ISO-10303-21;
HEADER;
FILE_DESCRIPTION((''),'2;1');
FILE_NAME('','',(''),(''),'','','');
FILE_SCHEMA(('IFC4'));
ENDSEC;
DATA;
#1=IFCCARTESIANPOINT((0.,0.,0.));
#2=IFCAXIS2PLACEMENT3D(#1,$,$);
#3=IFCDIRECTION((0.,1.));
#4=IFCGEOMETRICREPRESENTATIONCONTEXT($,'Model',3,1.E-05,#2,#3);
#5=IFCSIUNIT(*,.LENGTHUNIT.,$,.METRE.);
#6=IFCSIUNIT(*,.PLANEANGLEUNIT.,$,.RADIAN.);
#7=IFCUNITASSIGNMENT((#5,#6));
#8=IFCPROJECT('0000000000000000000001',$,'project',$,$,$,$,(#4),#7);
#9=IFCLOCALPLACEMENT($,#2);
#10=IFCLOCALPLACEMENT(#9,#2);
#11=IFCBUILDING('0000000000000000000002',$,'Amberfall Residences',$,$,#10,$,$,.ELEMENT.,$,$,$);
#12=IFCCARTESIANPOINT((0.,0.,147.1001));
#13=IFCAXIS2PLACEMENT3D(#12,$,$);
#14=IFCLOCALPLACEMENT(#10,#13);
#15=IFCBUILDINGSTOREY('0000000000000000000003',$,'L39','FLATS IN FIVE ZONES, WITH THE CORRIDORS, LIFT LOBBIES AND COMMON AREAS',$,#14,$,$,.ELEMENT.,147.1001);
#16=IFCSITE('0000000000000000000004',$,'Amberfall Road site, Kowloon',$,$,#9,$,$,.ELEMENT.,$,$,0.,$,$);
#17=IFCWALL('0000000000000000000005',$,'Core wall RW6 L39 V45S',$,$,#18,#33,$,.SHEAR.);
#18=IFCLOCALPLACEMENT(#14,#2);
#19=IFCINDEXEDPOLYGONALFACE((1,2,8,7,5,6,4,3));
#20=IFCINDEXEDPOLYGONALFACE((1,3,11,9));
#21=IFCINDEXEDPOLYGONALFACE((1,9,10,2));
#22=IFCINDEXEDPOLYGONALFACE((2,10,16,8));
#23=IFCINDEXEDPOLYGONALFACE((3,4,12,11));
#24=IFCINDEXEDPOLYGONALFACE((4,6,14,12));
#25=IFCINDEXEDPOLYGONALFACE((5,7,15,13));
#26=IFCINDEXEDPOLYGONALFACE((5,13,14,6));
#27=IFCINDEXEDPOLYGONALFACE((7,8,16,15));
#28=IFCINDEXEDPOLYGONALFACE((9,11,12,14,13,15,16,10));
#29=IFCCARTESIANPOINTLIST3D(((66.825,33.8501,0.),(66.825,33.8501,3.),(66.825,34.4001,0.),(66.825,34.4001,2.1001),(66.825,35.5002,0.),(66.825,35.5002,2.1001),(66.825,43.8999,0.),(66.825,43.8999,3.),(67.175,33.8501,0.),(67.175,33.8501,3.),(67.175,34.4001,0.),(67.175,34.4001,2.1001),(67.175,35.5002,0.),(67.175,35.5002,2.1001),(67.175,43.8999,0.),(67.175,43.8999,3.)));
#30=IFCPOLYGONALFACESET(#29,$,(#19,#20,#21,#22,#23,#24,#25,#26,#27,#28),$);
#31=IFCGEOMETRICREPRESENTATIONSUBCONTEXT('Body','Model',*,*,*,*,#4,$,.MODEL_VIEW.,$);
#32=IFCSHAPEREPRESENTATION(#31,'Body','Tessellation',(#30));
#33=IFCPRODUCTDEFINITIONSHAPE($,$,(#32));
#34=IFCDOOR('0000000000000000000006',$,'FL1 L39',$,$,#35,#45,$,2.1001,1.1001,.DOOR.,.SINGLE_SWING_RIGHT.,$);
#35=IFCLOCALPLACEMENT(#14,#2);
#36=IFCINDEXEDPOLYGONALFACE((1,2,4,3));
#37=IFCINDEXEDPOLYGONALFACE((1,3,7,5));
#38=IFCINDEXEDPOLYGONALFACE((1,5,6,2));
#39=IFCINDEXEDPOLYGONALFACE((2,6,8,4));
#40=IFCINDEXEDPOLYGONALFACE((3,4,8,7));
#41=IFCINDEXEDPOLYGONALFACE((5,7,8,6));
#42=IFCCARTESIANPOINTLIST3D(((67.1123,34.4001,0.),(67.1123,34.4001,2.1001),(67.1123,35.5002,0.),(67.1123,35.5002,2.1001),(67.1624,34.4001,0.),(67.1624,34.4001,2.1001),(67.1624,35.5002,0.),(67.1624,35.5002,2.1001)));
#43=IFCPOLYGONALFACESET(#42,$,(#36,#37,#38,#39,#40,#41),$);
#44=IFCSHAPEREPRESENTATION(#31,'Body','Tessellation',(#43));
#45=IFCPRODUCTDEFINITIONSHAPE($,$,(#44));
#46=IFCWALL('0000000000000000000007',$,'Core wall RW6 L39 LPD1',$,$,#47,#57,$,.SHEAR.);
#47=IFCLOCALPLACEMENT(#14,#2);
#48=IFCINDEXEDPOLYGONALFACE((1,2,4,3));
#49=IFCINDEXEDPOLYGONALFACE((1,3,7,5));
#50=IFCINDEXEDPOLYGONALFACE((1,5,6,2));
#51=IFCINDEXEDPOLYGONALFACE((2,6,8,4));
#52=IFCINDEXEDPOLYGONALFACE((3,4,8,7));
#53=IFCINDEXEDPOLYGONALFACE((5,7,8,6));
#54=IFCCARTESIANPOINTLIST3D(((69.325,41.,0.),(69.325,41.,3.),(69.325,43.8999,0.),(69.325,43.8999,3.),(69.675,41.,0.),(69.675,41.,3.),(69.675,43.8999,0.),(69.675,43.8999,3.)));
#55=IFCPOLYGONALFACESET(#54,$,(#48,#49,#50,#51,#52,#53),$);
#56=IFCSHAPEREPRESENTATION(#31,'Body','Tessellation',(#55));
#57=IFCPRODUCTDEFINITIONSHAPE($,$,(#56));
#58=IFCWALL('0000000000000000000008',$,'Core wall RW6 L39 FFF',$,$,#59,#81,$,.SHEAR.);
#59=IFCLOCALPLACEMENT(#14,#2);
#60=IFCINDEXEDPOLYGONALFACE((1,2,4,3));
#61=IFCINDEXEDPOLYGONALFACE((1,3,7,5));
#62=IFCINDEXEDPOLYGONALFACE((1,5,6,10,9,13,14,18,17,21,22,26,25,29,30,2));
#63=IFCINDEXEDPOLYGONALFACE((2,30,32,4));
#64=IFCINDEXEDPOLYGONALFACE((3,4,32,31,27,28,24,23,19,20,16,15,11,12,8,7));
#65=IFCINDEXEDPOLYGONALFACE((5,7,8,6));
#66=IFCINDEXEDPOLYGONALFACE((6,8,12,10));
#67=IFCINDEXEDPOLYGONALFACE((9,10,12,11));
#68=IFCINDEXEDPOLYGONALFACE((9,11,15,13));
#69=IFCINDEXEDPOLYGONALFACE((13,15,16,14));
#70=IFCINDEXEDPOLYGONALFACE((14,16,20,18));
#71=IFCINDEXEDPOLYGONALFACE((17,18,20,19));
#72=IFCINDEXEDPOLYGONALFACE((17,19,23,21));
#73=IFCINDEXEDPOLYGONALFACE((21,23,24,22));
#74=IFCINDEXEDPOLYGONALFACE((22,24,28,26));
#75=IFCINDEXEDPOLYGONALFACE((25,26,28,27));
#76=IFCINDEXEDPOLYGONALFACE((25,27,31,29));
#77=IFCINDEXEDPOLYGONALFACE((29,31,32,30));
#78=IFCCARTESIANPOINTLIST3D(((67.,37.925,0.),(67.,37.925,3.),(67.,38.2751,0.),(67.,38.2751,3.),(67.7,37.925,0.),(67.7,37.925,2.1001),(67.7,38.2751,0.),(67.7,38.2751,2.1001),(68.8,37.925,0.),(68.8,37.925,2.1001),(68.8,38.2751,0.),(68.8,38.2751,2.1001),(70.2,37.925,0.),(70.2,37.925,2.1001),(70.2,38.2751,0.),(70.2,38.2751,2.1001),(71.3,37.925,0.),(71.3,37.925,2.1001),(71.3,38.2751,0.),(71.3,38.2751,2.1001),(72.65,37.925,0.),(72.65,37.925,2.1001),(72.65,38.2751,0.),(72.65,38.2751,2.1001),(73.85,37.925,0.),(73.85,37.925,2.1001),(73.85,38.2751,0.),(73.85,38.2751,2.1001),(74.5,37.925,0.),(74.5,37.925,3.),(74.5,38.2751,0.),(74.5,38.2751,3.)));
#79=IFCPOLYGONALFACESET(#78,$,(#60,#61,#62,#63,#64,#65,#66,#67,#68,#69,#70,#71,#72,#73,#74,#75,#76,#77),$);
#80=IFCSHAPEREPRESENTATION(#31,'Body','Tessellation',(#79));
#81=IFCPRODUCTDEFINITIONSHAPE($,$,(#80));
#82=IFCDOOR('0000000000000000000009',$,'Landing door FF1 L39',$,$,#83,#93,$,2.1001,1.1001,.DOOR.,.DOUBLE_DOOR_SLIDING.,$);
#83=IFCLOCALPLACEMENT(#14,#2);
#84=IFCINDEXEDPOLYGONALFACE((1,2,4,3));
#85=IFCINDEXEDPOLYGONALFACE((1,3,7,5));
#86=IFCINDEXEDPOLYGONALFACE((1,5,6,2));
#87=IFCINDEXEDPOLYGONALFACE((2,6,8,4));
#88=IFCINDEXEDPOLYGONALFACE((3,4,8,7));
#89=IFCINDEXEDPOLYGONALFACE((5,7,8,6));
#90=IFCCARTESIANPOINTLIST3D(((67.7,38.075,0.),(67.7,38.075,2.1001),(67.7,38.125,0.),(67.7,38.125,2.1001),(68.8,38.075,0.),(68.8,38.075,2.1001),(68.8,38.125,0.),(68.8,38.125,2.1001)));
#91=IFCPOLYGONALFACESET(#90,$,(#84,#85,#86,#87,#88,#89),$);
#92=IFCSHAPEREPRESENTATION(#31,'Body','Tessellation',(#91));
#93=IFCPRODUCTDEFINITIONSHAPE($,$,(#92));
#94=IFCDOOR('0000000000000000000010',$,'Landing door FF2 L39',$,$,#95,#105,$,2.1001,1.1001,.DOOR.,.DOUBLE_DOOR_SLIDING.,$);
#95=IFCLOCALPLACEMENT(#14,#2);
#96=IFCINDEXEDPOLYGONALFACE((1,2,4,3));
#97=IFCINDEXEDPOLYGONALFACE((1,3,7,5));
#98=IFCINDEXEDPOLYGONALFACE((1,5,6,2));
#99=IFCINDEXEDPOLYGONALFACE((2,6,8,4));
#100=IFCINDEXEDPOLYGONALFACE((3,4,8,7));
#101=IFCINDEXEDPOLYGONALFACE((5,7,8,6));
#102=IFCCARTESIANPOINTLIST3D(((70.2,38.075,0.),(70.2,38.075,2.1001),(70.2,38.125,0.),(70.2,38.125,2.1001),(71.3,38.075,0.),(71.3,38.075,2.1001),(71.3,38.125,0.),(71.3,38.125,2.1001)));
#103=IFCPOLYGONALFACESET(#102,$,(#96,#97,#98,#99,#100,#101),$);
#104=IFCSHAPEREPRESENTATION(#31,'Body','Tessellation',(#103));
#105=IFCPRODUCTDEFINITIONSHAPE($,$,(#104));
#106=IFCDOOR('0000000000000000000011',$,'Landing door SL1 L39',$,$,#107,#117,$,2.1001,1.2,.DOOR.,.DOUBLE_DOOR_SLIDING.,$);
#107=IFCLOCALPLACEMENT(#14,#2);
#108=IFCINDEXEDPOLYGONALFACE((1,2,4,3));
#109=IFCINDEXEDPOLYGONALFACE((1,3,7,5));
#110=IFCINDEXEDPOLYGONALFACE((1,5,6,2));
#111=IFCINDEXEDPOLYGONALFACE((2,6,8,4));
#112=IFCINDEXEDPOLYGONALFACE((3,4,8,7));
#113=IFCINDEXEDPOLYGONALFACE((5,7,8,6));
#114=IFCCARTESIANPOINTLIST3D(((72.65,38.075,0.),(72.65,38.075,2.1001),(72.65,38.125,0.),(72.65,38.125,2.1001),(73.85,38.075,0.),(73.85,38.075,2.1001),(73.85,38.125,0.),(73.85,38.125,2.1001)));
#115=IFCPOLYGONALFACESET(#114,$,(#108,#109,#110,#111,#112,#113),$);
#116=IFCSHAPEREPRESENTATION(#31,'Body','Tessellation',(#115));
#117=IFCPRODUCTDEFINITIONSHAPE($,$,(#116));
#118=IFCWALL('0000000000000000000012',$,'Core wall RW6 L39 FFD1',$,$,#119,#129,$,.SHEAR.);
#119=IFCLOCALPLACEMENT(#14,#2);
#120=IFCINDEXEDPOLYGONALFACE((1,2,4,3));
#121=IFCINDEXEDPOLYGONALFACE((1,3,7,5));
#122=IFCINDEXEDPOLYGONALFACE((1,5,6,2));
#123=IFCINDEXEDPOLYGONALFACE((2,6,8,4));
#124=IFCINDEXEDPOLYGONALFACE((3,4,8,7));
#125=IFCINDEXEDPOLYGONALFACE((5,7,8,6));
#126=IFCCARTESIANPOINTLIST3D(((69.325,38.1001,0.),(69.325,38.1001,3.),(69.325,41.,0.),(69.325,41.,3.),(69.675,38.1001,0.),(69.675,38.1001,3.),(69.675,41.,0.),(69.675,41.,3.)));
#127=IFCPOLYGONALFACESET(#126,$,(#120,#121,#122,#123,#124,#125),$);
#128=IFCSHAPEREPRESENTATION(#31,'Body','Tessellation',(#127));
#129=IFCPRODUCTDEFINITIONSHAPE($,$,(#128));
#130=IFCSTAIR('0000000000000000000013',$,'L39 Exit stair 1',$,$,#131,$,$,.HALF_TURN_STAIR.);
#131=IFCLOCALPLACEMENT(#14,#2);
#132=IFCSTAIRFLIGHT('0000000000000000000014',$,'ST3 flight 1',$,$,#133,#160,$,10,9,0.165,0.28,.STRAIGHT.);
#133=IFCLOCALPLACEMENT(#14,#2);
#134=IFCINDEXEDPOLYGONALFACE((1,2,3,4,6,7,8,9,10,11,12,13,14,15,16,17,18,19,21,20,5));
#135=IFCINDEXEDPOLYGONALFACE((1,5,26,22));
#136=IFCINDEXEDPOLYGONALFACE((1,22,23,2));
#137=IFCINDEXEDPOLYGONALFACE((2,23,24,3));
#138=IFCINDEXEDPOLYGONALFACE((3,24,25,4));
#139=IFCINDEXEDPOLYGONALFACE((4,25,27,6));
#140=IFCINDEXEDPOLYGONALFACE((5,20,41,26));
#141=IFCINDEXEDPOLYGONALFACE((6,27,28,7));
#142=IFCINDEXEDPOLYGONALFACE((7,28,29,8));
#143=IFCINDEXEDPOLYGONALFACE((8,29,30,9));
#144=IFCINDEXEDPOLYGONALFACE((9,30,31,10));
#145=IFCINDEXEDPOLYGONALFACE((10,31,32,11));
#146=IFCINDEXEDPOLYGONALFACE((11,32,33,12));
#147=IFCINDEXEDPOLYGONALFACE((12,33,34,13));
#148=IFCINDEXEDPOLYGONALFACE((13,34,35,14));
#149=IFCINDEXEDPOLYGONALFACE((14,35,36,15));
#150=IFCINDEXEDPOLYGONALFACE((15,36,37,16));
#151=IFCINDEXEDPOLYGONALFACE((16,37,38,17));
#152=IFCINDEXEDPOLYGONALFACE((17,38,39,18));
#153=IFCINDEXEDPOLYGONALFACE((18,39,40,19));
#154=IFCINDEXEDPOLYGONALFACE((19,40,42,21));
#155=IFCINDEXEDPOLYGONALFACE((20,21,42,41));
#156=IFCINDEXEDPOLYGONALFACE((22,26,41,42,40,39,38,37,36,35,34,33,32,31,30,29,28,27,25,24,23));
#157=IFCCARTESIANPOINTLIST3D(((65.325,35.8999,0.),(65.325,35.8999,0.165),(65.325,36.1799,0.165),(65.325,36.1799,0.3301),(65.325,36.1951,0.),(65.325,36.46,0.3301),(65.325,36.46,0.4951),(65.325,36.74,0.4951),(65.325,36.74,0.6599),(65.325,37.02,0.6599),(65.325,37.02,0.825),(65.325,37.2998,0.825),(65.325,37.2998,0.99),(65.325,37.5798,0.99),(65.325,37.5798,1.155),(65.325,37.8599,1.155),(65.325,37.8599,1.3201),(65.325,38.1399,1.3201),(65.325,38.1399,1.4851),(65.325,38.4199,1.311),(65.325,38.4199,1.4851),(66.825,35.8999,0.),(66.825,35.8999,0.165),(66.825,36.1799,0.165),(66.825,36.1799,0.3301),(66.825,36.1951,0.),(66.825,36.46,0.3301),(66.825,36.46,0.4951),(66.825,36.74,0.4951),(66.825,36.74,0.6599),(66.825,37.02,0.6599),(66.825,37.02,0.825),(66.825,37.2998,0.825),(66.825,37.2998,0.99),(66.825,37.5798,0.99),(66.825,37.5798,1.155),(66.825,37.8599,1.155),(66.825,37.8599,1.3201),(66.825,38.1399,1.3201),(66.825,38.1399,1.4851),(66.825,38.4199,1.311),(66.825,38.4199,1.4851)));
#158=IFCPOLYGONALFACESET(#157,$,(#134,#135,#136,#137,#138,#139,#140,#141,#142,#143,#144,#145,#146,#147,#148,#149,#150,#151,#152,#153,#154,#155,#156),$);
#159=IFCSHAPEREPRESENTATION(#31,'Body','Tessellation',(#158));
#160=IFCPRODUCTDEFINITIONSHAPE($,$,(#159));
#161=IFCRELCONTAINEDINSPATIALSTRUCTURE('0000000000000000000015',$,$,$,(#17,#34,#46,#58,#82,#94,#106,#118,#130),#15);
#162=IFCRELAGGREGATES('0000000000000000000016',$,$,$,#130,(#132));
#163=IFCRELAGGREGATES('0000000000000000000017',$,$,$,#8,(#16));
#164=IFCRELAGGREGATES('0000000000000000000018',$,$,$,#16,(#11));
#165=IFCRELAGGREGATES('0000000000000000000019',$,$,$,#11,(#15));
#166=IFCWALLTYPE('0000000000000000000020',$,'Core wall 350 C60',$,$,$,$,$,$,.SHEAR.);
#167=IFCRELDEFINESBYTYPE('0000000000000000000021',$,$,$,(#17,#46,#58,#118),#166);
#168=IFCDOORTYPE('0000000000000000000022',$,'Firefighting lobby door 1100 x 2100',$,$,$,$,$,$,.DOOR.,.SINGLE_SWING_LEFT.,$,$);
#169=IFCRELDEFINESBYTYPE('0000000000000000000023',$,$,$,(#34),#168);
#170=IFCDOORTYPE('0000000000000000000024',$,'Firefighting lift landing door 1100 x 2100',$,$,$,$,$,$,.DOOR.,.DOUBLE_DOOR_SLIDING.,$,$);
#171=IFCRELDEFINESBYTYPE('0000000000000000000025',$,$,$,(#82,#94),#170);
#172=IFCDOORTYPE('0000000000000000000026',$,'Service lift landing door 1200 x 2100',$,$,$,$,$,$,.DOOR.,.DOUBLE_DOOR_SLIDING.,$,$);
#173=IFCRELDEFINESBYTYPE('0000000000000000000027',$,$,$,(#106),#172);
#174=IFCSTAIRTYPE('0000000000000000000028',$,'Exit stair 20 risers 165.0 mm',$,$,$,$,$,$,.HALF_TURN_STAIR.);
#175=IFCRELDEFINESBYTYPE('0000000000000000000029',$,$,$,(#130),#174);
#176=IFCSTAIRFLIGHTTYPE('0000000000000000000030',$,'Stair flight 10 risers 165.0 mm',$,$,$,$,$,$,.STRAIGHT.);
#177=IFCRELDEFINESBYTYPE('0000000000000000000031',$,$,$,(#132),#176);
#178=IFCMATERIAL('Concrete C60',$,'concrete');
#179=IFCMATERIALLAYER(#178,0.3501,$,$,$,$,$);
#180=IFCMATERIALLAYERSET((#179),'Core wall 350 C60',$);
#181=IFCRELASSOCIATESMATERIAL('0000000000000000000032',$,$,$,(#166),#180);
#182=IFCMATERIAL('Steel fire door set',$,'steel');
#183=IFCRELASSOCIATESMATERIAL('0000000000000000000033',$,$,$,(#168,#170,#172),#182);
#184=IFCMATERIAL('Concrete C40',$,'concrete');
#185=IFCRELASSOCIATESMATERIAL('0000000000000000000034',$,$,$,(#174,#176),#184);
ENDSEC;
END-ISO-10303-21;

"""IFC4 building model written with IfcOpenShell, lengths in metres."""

from ifc_helpers import new_model, si_unit, direction, frame, frame_2d, origin, place, context, subcontext, project, spatial, polyline, rectangle, outline, extrude, material, layer, layer_set, type_object, element, fill, aggregate, save


model = new_model("IFC4")

# Units and contexts
model_context = context("Model", 3, precision=1e-05, world=origin(), true_north=direction((0.0, 1.0)))
body_context = subcontext(model_context, "Body", "Model", "MODEL_VIEW")
ifc_project = project(units=[si_unit("LENGTHUNIT", "METRE"), si_unit("PLANEANGLEUNIT", "RADIAN")], contexts=[model_context])

# Site, building, storey
site_placement = place(None, origin())
site = spatial("IfcSite", under=ifc_project, at=site_placement, Name="Amberfall Road site, Kowloon", CompositionType="ELEMENT", RefElevation=0.0)
building_placement = place(site_placement, origin())
building = spatial("IfcBuilding", under=site, at=building_placement, Name="Amberfall Residences", CompositionType="ELEMENT")
storey_placement = place(building_placement, frame((0.0, 0.0, 147.1001)))
storey = spatial("IfcBuildingStorey", under=building, at=storey_placement, Name="L39", Description="FLATS IN FIVE ZONES, WITH THE CORRIDORS, LIFT LOBBIES AND COMMON AREAS", CompositionType="ELEMENT", Elevation=147.1001)

# Shared definitions
ifc_material_1 = material(Name="Concrete C60", Category="concrete")
ifc_layer = layer(ifc_material_1, 0.3501)
ifc_layer_set = layer_set([ifc_layer], Name="Core wall 350 C60")
wall_type = type_object("IfcWallType", Name="Core wall 350 C60", PredefinedType="SHEAR", material=ifc_layer_set)

# Shared definitions
ifc_material_2 = material(Name="Steel fire door set", Category="steel")

# Wall, opening, door
wall_1_placement = place(storey_placement, frame((67.0, 33.8501, 0.0), z_axis=(0.0, 0.0, 1.0), x_axis=(0.0, 1.0, 0.0)))
wall_1 = element("IfcWall", 1, at=wall_1_placement, inside=storey, type_object=wall_type, Name="Core wall RW6 L39 V45S", PredefinedType="SHEAR", context=body_context, shape_type="SweptSolid", body=[
    extrude(rectangle(XDim=10.0498, YDim=0.3501, at=frame_2d((5.0249, 0.0))), origin(), (0.0, 0.0, 1.0), 3.0),
])
opening_1_placement = place(wall_1_placement, frame((0.55, 0.0, 0.0)))
opening_1 = element("IfcOpeningElement", 2, at=opening_1_placement, cuts=wall_1, PredefinedType="OPENING", context=body_context, shape_type="SweptSolid", body=[
    extrude(rectangle(XDim=1.1001, YDim=2.1001, at=frame_2d((0.55, 1.05))), frame((0.0, 0.1851, 0.0), z_axis=(0.0, -1.0, 0.0), x_axis=(1.0, 0.0, 0.0)), (0.0, 0.0, 1.0), 0.3701),
])
door_type_1 = type_object("IfcDoorType", Name="Firefighting lobby door 1100 x 2100", OperationType="SINGLE_SWING_LEFT", PredefinedType="DOOR", material=ifc_material_2)
door_1_placement = place(opening_1_placement, origin())
door_1 = element("IfcDoor", 3, at=door_1_placement, inside=storey, type_object=door_type_1, Name="FL1 L39", OperationType="SINGLE_SWING_RIGHT", OverallHeight=2.1001, OverallWidth=1.1001, PredefinedType="DOOR", context=body_context, shape_type="SweptSolid", body=[
    extrude(rectangle(XDim=1.1001, YDim=2.1001, at=frame_2d((0.55, 1.05))), frame((0.0, -0.1123, 0.0), z_axis=(0.0, -1.0, 0.0), x_axis=(1.0, 0.0, 0.0)), (0.0, 0.0, 1.0), 0.05),
])
fill(opening_1, door_1)

# Wall
wall_2_placement = place(storey_placement, frame((69.5, 41.0, 0.0), z_axis=(0.0, 0.0, 1.0), x_axis=(0.0, 1.0, 0.0)))
element("IfcWall", 4, at=wall_2_placement, inside=storey, type_object=wall_type, Name="Core wall RW6 L39 LPD1", PredefinedType="SHEAR", context=body_context, shape_type="SweptSolid", body=[
    extrude(rectangle(XDim=2.8999, YDim=0.3501, at=frame_2d((1.45, 0.0))), origin(), (0.0, 0.0, 1.0), 3.0),
])

# Wall, openings, doors
wall_3_placement = place(storey_placement, frame((67.0, 38.1001, 0.0), z_axis=(0.0, 0.0, 1.0), x_axis=(1.0, 0.0, 0.0)))
wall_3 = element("IfcWall", 5, at=wall_3_placement, inside=storey, type_object=wall_type, Name="Core wall RW6 L39 FFF", PredefinedType="SHEAR", context=body_context, shape_type="SweptSolid", body=[
    extrude(rectangle(XDim=7.5, YDim=0.3501, at=frame_2d((3.75, 0.0))), origin(), (0.0, 0.0, 1.0), 3.0),
])
opening_2_placement = place(wall_3_placement, frame((0.7, 0.0, 0.0)))
opening_2 = element("IfcOpeningElement", 6, at=opening_2_placement, cuts=wall_3, PredefinedType="OPENING", context=body_context, shape_type="SweptSolid", body=[
    extrude(rectangle(XDim=1.1001, YDim=2.1001, at=frame_2d((0.55, 1.05))), frame((0.0, 0.1851, 0.0), z_axis=(0.0, -1.0, 0.0), x_axis=(1.0, 0.0, 0.0)), (0.0, 0.0, 1.0), 0.3701),
])
opening_3_placement = place(wall_3_placement, frame((3.2, 0.0, 0.0)))
opening_3 = element("IfcOpeningElement", 7, at=opening_3_placement, cuts=wall_3, PredefinedType="OPENING", context=body_context, shape_type="SweptSolid", body=[
    extrude(rectangle(XDim=1.1001, YDim=2.1001, at=frame_2d((0.55, 1.05))), frame((0.0, 0.1851, 0.0), z_axis=(0.0, -1.0, 0.0), x_axis=(1.0, 0.0, 0.0)), (0.0, 0.0, 1.0), 0.3701),
])
opening_4_placement = place(wall_3_placement, frame((5.6499, 0.0, 0.0)))
opening_4 = element("IfcOpeningElement", 8, at=opening_4_placement, cuts=wall_3, PredefinedType="OPENING", context=body_context, shape_type="SweptSolid", body=[
    extrude(rectangle(XDim=1.2, YDim=2.1001, at=frame_2d((0.6001, 1.05))), frame((0.0, 0.1851, 0.0), z_axis=(0.0, -1.0, 0.0), x_axis=(1.0, 0.0, 0.0)), (0.0, 0.0, 1.0), 0.3701),
])
door_type_2 = type_object("IfcDoorType", Name="Firefighting lift landing door 1100 x 2100", OperationType="DOUBLE_DOOR_SLIDING", PredefinedType="DOOR", material=ifc_material_2)
door_2_placement = place(opening_2_placement, origin())
door_2 = element("IfcDoor", 9, at=door_2_placement, inside=storey, type_object=door_type_2, Name="Landing door FF1 L39", OperationType="DOUBLE_DOOR_SLIDING", OverallHeight=2.1001, OverallWidth=1.1001, PredefinedType="DOOR", context=body_context, shape_type="SweptSolid", body=[
    extrude(rectangle(XDim=1.1001, YDim=2.1001, at=frame_2d((0.55, 1.05))), frame((0.0, 0.0249, 0.0), z_axis=(0.0, -1.0, 0.0), x_axis=(1.0, 0.0, 0.0)), (0.0, 0.0, 1.0), 0.05),
])
fill(opening_2, door_2)
door_3_placement = place(opening_3_placement, origin())
door_3 = element("IfcDoor", 10, at=door_3_placement, inside=storey, type_object=door_type_2, Name="Landing door FF2 L39", OperationType="DOUBLE_DOOR_SLIDING", OverallHeight=2.1001, OverallWidth=1.1001, PredefinedType="DOOR", context=body_context, shape_type="SweptSolid", body=[
    extrude(rectangle(XDim=1.1001, YDim=2.1001, at=frame_2d((0.55, 1.05))), frame((0.0, 0.0249, 0.0), z_axis=(0.0, -1.0, 0.0), x_axis=(1.0, 0.0, 0.0)), (0.0, 0.0, 1.0), 0.05),
])
fill(opening_3, door_3)
door_type_3 = type_object("IfcDoorType", Name="Service lift landing door 1200 x 2100", OperationType="DOUBLE_DOOR_SLIDING", PredefinedType="DOOR", material=ifc_material_2)
door_4_placement = place(opening_4_placement, origin())
door_4 = element("IfcDoor", 11, at=door_4_placement, inside=storey, type_object=door_type_3, Name="Landing door SL1 L39", OperationType="DOUBLE_DOOR_SLIDING", OverallHeight=2.1001, OverallWidth=1.2, PredefinedType="DOOR", context=body_context, shape_type="SweptSolid", body=[
    extrude(rectangle(XDim=1.2, YDim=2.1001, at=frame_2d((0.6001, 1.05))), frame((0.0, 0.0249, 0.0), z_axis=(0.0, -1.0, 0.0), x_axis=(1.0, 0.0, 0.0)), (0.0, 0.0, 1.0), 0.05),
])
fill(opening_4, door_4)

# Wall
wall_4_placement = place(storey_placement, frame((69.5, 38.1001, 0.0), z_axis=(0.0, 0.0, 1.0), x_axis=(0.0, 1.0, 0.0)))
element("IfcWall", 12, at=wall_4_placement, inside=storey, type_object=wall_type, Name="Core wall RW6 L39 FFD1", PredefinedType="SHEAR", context=body_context, shape_type="SweptSolid", body=[
    extrude(rectangle(XDim=2.8999, YDim=0.3501, at=frame_2d((1.45, 0.0))), origin(), (0.0, 0.0, 1.0), 3.0),
])

# Stair, stair flight
ifc_material_3 = material(Name="Concrete C40", Category="concrete")
stair_type = type_object("IfcStairType", Name="Exit stair 20 risers 165.0 mm", PredefinedType="HALF_TURN_STAIR", material=ifc_material_3)
stair_placement = place(storey_placement, origin())
stair = element("IfcStair", 13, at=stair_placement, inside=storey, type_object=stair_type, Name="L39 Exit stair 1", PredefinedType="HALF_TURN_STAIR")
stair_flight_type = type_object("IfcStairFlightType", Name="Stair flight 10 risers 165.0 mm", PredefinedType="STRAIGHT", material=ifc_material_3)
stair_flight_1_placement = place(storey_placement, frame((66.075, 35.8999, 0.0), z_axis=(0.0, 0.0, 1.0), x_axis=(0.0, 1.0, 0.0)))
stair_flight_1 = element("IfcStairFlight", 14, at=stair_flight_1_placement, type_object=stair_flight_type, Name="ST3 flight 1", NumberOfRisers=10, NumberOfTreads=9, PredefinedType="STRAIGHT", RiserHeight=0.165, TreadLength=0.28, context=body_context, shape_type="SweptSolid", body=[
    extrude(outline(polyline([(0.0, 0.0), (0.0, 0.165), (0.28, 0.165), (0.28, 0.3301), (0.5601, 0.3301), (0.5601, 0.4951), (0.8401, 0.4951), (0.8401, 0.6599), (1.1201, 0.6599), (1.1201, 0.825), (1.3999, 0.825), (1.3999, 0.99), (1.6799, 0.99), (1.6799, 1.155), (1.96, 1.155), (1.96, 1.3201), (2.24, 1.3201), (2.24, 1.4851), (2.52, 1.4851), (2.52, 1.6499), (2.52, 1.311), (0.2952, 0.0), (0.0, 0.0)])), frame((0.0, 0.75, 0.0), z_axis=(0.0, -1.0, 0.0), x_axis=(1.0, 0.0, 0.0)), (0.0, 0.0, 1.0), 1.5),
])
aggregate(stair, [stair_flight_1])

save(model, "model.ifc")
